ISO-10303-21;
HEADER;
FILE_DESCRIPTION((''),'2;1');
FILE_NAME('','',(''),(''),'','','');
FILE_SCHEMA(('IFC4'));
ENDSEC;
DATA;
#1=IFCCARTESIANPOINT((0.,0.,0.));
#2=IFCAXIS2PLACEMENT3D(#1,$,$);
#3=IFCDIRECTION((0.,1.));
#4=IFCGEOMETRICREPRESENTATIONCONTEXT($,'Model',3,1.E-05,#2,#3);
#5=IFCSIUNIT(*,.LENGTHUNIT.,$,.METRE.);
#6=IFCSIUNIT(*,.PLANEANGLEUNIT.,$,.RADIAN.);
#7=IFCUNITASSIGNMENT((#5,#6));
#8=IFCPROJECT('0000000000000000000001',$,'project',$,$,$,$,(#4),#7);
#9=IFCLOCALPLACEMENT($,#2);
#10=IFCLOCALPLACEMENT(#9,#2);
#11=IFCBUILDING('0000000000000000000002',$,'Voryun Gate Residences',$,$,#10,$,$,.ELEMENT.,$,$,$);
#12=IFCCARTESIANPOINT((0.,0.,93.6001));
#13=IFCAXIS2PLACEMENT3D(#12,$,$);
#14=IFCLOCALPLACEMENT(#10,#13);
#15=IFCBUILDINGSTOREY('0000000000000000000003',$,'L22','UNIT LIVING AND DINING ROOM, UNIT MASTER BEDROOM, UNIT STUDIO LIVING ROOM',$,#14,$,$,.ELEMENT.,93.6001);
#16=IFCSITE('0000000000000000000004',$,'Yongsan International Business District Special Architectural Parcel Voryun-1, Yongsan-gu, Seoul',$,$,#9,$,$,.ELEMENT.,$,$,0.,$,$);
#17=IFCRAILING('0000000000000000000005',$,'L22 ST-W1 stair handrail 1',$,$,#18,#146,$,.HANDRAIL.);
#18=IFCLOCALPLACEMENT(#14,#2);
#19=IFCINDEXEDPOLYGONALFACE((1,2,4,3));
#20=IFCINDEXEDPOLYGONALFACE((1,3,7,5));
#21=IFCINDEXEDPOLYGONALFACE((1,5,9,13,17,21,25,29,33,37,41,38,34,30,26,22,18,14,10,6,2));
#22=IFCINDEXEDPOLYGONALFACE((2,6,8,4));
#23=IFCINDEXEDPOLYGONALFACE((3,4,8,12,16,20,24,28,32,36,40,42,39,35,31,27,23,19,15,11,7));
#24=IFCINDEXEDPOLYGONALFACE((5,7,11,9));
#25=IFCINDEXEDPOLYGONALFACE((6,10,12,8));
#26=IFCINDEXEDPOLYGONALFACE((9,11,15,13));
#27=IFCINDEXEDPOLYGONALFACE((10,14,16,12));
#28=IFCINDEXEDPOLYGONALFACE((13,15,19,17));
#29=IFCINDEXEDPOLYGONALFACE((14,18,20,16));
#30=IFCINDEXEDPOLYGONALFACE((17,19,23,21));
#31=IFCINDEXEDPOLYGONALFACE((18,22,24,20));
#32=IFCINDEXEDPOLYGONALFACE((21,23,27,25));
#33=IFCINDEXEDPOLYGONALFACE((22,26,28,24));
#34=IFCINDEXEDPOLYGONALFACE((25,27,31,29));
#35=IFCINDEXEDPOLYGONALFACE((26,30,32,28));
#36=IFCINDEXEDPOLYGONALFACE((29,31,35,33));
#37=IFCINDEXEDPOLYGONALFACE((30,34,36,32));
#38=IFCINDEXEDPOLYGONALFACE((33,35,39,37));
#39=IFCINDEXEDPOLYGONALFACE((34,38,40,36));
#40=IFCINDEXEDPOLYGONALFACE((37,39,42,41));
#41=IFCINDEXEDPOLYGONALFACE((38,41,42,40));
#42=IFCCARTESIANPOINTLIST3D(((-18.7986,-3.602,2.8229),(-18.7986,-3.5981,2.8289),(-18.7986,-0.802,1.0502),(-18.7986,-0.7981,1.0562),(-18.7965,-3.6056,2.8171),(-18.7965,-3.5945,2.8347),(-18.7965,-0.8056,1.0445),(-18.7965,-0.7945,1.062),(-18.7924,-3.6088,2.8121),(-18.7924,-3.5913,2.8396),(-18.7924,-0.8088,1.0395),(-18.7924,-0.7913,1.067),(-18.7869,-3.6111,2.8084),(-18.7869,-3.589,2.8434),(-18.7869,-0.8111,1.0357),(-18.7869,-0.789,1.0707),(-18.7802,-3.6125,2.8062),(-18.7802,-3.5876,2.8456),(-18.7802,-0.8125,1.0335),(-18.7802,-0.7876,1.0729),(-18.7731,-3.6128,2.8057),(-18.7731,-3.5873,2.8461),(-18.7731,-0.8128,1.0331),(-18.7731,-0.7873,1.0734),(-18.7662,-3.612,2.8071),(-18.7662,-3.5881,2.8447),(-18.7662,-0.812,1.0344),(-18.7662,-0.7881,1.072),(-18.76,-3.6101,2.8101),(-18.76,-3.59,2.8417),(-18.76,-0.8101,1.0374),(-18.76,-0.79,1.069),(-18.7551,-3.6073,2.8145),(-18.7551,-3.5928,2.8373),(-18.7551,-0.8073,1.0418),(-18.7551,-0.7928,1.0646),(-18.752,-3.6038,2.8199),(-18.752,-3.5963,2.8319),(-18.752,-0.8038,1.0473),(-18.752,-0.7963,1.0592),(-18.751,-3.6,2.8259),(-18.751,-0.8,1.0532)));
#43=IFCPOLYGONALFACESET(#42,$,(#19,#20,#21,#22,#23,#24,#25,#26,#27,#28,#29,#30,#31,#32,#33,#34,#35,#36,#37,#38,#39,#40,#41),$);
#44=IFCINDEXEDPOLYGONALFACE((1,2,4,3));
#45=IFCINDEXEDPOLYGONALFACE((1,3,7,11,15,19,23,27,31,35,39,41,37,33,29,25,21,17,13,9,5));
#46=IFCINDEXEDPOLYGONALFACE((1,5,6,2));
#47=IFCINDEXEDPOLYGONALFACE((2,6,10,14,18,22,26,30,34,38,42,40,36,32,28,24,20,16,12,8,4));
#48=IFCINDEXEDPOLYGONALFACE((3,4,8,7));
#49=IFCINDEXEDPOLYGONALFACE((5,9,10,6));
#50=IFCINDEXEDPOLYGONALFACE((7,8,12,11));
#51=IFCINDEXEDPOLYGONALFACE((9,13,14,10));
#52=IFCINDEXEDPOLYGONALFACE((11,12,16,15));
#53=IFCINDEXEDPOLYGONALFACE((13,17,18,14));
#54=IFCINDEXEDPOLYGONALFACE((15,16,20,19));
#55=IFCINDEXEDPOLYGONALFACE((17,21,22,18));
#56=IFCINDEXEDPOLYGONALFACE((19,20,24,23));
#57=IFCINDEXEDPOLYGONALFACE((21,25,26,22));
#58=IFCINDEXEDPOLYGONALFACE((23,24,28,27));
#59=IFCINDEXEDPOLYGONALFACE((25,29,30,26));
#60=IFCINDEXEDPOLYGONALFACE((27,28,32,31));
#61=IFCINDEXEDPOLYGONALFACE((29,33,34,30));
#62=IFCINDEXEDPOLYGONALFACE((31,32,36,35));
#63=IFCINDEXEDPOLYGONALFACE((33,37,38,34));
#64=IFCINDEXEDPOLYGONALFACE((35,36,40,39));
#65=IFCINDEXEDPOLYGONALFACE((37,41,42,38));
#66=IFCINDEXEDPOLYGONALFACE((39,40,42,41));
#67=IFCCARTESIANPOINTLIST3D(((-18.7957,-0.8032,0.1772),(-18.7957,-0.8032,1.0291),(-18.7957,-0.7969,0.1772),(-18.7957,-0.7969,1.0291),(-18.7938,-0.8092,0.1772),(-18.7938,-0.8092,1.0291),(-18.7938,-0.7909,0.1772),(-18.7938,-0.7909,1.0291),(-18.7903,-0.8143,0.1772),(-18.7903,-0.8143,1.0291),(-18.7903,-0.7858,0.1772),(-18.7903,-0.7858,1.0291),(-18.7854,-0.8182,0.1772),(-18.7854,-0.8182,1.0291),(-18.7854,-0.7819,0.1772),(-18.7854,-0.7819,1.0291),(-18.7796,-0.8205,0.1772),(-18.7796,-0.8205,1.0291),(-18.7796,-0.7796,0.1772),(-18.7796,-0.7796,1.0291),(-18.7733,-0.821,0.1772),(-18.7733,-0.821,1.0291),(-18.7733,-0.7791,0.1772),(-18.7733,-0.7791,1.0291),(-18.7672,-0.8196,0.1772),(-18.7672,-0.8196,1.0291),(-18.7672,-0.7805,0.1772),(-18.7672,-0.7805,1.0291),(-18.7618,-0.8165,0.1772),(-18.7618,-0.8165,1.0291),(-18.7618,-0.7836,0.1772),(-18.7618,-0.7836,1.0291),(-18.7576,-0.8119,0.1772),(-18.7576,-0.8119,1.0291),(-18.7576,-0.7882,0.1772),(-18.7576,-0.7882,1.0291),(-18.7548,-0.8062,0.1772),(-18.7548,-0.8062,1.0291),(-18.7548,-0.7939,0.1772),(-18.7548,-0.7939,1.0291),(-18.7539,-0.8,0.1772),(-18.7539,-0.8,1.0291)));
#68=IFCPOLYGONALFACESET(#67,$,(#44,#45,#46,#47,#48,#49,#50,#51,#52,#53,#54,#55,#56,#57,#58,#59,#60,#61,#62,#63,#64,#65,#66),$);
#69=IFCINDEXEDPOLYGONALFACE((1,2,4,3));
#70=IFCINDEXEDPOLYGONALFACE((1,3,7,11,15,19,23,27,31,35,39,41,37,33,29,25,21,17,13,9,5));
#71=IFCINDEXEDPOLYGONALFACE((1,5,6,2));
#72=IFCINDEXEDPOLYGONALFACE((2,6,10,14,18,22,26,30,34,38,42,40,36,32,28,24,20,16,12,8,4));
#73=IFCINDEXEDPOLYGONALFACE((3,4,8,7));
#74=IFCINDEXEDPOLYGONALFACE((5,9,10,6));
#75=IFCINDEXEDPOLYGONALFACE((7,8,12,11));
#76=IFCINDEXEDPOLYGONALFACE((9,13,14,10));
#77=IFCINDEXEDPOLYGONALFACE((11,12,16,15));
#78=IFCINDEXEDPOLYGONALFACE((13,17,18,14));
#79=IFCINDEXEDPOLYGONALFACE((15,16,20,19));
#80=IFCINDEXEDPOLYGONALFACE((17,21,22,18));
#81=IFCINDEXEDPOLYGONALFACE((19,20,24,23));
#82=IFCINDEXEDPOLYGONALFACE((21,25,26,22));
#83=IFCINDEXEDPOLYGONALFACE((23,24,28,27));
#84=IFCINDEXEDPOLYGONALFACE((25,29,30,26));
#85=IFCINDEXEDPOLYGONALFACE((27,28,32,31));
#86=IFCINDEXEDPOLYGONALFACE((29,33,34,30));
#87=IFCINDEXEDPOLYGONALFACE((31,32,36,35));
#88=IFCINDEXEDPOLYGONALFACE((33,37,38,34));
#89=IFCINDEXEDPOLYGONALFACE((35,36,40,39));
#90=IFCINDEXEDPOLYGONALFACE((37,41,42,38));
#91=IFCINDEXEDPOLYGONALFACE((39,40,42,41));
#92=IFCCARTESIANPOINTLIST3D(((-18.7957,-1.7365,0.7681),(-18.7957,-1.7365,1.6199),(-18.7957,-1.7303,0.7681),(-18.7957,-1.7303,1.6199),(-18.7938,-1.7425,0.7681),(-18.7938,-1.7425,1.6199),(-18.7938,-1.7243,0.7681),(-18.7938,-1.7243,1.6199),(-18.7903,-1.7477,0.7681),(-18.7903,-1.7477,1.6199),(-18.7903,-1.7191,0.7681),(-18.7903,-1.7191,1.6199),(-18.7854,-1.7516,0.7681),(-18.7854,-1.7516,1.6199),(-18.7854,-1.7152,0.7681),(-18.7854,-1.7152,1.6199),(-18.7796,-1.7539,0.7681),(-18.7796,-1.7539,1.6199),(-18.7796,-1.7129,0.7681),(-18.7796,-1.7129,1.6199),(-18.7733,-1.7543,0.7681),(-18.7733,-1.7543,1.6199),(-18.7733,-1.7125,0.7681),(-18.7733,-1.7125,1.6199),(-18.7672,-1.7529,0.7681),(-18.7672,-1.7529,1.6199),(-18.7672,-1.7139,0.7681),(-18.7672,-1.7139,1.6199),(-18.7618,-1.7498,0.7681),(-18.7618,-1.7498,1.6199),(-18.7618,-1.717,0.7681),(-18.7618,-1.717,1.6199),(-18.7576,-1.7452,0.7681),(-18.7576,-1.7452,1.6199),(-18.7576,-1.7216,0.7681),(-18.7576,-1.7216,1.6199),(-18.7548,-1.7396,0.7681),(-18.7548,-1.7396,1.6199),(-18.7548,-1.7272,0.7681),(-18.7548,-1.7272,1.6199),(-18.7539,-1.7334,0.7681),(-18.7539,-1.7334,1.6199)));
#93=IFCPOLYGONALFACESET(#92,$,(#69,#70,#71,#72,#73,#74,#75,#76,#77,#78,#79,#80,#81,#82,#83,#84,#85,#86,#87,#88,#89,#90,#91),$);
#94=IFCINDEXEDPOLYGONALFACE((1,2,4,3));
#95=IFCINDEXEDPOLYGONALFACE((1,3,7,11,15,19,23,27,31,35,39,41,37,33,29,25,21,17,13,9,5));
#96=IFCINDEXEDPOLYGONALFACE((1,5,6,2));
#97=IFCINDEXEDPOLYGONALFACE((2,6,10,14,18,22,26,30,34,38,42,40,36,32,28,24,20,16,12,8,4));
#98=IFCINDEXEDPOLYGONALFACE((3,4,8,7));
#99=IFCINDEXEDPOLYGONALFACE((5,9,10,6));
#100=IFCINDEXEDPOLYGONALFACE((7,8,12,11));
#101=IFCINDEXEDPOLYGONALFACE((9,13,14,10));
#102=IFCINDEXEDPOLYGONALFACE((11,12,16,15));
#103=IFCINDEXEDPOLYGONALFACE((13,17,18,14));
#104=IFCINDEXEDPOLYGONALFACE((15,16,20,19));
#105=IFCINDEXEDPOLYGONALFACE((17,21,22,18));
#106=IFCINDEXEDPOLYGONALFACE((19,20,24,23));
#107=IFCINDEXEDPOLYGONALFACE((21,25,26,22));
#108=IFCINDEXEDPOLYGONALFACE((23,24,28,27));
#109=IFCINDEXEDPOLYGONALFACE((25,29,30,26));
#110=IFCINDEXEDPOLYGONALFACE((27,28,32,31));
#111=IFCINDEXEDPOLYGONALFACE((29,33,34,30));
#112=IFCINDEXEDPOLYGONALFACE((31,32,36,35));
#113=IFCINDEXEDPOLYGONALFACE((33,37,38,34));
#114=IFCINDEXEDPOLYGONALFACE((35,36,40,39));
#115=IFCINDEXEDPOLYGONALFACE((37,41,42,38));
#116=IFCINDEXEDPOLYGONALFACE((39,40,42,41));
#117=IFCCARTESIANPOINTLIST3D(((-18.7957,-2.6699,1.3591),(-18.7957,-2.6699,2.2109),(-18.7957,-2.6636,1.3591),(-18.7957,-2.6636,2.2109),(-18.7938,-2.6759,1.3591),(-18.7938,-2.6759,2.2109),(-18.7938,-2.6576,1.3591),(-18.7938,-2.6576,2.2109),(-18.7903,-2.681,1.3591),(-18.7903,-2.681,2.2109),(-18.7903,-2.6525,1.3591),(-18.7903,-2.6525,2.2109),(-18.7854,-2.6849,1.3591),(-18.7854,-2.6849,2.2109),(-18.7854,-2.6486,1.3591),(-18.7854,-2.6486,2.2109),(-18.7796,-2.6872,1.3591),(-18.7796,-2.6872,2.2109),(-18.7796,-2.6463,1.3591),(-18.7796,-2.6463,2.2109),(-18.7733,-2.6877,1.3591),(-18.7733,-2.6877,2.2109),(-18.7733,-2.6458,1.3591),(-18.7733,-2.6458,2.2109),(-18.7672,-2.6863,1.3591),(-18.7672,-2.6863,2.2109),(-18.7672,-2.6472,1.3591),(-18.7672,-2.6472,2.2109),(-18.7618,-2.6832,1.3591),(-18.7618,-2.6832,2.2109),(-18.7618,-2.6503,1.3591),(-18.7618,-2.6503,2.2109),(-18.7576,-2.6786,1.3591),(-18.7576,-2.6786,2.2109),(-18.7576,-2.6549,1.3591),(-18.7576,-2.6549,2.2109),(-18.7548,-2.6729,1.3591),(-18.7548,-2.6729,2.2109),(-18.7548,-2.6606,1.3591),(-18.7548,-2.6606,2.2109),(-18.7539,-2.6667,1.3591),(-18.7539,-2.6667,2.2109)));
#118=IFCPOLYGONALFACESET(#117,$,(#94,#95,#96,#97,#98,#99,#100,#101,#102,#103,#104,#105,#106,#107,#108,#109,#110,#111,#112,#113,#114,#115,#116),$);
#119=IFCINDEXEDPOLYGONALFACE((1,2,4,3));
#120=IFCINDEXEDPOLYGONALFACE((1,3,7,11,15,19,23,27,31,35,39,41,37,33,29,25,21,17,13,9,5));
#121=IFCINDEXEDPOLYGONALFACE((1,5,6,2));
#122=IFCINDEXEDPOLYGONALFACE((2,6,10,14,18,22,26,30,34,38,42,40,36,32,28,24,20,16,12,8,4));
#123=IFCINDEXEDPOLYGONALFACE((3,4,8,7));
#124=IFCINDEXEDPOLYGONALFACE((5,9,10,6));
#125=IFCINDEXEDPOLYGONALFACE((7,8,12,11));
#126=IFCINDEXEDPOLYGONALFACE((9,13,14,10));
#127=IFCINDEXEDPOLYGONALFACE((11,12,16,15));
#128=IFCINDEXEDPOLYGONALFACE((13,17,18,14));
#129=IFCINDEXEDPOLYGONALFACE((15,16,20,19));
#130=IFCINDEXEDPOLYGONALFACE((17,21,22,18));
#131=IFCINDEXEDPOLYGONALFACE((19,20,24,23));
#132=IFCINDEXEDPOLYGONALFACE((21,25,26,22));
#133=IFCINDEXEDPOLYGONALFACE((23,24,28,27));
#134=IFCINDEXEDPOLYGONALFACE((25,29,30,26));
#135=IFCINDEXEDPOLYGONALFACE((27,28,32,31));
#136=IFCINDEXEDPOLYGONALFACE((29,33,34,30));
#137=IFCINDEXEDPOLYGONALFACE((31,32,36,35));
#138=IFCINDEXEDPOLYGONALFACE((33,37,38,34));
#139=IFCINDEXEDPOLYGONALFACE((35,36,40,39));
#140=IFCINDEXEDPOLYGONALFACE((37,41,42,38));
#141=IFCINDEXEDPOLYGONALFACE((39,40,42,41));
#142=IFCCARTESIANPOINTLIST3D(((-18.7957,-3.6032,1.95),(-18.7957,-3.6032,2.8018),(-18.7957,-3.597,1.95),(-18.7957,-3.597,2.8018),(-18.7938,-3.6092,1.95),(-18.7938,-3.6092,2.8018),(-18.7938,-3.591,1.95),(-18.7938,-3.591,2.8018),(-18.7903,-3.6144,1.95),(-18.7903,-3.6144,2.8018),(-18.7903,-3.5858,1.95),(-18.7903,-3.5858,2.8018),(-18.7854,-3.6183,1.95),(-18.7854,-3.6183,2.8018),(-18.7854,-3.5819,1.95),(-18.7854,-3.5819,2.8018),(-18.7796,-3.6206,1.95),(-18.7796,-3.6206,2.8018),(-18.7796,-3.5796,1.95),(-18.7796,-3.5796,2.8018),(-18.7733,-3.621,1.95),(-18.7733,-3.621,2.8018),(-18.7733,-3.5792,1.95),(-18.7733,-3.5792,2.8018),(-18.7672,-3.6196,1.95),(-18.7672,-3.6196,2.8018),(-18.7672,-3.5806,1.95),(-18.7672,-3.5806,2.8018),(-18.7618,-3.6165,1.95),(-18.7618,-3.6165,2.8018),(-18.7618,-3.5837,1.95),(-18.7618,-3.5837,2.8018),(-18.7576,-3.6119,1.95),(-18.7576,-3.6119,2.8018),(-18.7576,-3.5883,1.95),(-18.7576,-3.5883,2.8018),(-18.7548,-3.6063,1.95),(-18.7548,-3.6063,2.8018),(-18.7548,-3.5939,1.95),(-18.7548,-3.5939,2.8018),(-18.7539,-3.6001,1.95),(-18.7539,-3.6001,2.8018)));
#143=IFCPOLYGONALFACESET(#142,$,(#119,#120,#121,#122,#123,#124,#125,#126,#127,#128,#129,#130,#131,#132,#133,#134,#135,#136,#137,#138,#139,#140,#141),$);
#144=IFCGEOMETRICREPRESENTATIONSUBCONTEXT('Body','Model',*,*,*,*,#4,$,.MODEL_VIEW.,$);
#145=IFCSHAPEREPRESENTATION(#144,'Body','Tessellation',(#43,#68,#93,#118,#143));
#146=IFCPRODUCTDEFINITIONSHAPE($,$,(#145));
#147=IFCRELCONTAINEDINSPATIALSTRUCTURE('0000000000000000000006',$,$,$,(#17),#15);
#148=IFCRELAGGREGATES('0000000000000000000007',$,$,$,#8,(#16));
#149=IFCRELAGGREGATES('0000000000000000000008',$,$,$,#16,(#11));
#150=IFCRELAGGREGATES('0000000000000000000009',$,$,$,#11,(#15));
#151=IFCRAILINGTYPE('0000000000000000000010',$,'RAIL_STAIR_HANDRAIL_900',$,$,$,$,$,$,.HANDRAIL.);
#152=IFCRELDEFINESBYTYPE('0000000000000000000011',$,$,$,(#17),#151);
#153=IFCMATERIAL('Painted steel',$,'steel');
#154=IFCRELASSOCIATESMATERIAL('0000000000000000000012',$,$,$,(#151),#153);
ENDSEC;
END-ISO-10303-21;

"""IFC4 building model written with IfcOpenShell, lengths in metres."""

from ifc_helpers import new_model, si_unit, direction, frame, origin, origin_2d, place, context, subcontext, project, spatial, circle, extrude, material, type_object, element, save


model = new_model("IFC4")

# Units and contexts
model_context = context("Model", 3, precision=1e-05, world=origin(), true_north=direction((0.0, 1.0)))
body_context = subcontext(model_context, "Body", "Model", "MODEL_VIEW")
ifc_project = project(units=[si_unit("LENGTHUNIT", "METRE"), si_unit("PLANEANGLEUNIT", "RADIAN")], contexts=[model_context])

# Site, building, storey
site_placement = place(None, origin())
site = spatial("IfcSite", under=ifc_project, at=site_placement, Name="Yongsan International Business District Special Architectural Parcel Voryun-1, Yongsan-gu, Seoul", CompositionType="ELEMENT", RefElevation=0.0)
building_placement = place(site_placement, origin())
building = spatial("IfcBuilding", under=site, at=building_placement, Name="Voryun Gate Residences", CompositionType="ELEMENT")
storey_placement = place(building_placement, frame((0.0, 0.0, 93.6001)))
storey = spatial("IfcBuildingStorey", under=building, at=storey_placement, Name="L22", Description="UNIT LIVING AND DINING ROOM, UNIT MASTER BEDROOM, UNIT STUDIO LIVING ROOM", CompositionType="ELEMENT", Elevation=93.6001)

# Railing
ifc_material_1 = material(Name="Painted steel", Category="steel")
railing_type_1 = type_object("IfcRailingType", Name="RAIL_STAIR_HANDRAIL_900", PredefinedType="HANDRAIL", material=ifc_material_1)
railing_1_placement = place(storey_placement, frame((-18.7749, -0.8, 0.1772)))
element("IfcRailing", 1, at=railing_1_placement, inside=storey, type_object=railing_type_1, Name="L22 ST-W1 stair handrail 1", PredefinedType="HANDRAIL", context=body_context, shape_type="SweptSolid", body=[
    extrude(circle(Radius=0.0239, at=origin_2d()), frame((0.0, 0.0, 0.876), z_axis=(0.0, -0.844909, 0.53491), x_axis=(1.0, 0.0, 0.0)), (0.0, 0.0, 1.0), 3.314),
    extrude(circle(Radius=0.021, at=origin_2d()), origin(), (0.0, 0.0, 1.0), 0.8518),
    extrude(circle(Radius=0.021, at=origin_2d()), frame((0.0, -0.9333, 0.5908)), (0.0, 0.0, 1.0), 0.8518),
    extrude(circle(Radius=0.021, at=origin_2d()), frame((0.0, -1.8667, 1.1819)), (0.0, 0.0, 1.0), 0.8518),
    extrude(circle(Radius=0.021, at=origin_2d()), frame((0.0, -2.8, 1.7727)), (0.0, 0.0, 1.0), 0.8518),
])

save(model, "model.ifc")
